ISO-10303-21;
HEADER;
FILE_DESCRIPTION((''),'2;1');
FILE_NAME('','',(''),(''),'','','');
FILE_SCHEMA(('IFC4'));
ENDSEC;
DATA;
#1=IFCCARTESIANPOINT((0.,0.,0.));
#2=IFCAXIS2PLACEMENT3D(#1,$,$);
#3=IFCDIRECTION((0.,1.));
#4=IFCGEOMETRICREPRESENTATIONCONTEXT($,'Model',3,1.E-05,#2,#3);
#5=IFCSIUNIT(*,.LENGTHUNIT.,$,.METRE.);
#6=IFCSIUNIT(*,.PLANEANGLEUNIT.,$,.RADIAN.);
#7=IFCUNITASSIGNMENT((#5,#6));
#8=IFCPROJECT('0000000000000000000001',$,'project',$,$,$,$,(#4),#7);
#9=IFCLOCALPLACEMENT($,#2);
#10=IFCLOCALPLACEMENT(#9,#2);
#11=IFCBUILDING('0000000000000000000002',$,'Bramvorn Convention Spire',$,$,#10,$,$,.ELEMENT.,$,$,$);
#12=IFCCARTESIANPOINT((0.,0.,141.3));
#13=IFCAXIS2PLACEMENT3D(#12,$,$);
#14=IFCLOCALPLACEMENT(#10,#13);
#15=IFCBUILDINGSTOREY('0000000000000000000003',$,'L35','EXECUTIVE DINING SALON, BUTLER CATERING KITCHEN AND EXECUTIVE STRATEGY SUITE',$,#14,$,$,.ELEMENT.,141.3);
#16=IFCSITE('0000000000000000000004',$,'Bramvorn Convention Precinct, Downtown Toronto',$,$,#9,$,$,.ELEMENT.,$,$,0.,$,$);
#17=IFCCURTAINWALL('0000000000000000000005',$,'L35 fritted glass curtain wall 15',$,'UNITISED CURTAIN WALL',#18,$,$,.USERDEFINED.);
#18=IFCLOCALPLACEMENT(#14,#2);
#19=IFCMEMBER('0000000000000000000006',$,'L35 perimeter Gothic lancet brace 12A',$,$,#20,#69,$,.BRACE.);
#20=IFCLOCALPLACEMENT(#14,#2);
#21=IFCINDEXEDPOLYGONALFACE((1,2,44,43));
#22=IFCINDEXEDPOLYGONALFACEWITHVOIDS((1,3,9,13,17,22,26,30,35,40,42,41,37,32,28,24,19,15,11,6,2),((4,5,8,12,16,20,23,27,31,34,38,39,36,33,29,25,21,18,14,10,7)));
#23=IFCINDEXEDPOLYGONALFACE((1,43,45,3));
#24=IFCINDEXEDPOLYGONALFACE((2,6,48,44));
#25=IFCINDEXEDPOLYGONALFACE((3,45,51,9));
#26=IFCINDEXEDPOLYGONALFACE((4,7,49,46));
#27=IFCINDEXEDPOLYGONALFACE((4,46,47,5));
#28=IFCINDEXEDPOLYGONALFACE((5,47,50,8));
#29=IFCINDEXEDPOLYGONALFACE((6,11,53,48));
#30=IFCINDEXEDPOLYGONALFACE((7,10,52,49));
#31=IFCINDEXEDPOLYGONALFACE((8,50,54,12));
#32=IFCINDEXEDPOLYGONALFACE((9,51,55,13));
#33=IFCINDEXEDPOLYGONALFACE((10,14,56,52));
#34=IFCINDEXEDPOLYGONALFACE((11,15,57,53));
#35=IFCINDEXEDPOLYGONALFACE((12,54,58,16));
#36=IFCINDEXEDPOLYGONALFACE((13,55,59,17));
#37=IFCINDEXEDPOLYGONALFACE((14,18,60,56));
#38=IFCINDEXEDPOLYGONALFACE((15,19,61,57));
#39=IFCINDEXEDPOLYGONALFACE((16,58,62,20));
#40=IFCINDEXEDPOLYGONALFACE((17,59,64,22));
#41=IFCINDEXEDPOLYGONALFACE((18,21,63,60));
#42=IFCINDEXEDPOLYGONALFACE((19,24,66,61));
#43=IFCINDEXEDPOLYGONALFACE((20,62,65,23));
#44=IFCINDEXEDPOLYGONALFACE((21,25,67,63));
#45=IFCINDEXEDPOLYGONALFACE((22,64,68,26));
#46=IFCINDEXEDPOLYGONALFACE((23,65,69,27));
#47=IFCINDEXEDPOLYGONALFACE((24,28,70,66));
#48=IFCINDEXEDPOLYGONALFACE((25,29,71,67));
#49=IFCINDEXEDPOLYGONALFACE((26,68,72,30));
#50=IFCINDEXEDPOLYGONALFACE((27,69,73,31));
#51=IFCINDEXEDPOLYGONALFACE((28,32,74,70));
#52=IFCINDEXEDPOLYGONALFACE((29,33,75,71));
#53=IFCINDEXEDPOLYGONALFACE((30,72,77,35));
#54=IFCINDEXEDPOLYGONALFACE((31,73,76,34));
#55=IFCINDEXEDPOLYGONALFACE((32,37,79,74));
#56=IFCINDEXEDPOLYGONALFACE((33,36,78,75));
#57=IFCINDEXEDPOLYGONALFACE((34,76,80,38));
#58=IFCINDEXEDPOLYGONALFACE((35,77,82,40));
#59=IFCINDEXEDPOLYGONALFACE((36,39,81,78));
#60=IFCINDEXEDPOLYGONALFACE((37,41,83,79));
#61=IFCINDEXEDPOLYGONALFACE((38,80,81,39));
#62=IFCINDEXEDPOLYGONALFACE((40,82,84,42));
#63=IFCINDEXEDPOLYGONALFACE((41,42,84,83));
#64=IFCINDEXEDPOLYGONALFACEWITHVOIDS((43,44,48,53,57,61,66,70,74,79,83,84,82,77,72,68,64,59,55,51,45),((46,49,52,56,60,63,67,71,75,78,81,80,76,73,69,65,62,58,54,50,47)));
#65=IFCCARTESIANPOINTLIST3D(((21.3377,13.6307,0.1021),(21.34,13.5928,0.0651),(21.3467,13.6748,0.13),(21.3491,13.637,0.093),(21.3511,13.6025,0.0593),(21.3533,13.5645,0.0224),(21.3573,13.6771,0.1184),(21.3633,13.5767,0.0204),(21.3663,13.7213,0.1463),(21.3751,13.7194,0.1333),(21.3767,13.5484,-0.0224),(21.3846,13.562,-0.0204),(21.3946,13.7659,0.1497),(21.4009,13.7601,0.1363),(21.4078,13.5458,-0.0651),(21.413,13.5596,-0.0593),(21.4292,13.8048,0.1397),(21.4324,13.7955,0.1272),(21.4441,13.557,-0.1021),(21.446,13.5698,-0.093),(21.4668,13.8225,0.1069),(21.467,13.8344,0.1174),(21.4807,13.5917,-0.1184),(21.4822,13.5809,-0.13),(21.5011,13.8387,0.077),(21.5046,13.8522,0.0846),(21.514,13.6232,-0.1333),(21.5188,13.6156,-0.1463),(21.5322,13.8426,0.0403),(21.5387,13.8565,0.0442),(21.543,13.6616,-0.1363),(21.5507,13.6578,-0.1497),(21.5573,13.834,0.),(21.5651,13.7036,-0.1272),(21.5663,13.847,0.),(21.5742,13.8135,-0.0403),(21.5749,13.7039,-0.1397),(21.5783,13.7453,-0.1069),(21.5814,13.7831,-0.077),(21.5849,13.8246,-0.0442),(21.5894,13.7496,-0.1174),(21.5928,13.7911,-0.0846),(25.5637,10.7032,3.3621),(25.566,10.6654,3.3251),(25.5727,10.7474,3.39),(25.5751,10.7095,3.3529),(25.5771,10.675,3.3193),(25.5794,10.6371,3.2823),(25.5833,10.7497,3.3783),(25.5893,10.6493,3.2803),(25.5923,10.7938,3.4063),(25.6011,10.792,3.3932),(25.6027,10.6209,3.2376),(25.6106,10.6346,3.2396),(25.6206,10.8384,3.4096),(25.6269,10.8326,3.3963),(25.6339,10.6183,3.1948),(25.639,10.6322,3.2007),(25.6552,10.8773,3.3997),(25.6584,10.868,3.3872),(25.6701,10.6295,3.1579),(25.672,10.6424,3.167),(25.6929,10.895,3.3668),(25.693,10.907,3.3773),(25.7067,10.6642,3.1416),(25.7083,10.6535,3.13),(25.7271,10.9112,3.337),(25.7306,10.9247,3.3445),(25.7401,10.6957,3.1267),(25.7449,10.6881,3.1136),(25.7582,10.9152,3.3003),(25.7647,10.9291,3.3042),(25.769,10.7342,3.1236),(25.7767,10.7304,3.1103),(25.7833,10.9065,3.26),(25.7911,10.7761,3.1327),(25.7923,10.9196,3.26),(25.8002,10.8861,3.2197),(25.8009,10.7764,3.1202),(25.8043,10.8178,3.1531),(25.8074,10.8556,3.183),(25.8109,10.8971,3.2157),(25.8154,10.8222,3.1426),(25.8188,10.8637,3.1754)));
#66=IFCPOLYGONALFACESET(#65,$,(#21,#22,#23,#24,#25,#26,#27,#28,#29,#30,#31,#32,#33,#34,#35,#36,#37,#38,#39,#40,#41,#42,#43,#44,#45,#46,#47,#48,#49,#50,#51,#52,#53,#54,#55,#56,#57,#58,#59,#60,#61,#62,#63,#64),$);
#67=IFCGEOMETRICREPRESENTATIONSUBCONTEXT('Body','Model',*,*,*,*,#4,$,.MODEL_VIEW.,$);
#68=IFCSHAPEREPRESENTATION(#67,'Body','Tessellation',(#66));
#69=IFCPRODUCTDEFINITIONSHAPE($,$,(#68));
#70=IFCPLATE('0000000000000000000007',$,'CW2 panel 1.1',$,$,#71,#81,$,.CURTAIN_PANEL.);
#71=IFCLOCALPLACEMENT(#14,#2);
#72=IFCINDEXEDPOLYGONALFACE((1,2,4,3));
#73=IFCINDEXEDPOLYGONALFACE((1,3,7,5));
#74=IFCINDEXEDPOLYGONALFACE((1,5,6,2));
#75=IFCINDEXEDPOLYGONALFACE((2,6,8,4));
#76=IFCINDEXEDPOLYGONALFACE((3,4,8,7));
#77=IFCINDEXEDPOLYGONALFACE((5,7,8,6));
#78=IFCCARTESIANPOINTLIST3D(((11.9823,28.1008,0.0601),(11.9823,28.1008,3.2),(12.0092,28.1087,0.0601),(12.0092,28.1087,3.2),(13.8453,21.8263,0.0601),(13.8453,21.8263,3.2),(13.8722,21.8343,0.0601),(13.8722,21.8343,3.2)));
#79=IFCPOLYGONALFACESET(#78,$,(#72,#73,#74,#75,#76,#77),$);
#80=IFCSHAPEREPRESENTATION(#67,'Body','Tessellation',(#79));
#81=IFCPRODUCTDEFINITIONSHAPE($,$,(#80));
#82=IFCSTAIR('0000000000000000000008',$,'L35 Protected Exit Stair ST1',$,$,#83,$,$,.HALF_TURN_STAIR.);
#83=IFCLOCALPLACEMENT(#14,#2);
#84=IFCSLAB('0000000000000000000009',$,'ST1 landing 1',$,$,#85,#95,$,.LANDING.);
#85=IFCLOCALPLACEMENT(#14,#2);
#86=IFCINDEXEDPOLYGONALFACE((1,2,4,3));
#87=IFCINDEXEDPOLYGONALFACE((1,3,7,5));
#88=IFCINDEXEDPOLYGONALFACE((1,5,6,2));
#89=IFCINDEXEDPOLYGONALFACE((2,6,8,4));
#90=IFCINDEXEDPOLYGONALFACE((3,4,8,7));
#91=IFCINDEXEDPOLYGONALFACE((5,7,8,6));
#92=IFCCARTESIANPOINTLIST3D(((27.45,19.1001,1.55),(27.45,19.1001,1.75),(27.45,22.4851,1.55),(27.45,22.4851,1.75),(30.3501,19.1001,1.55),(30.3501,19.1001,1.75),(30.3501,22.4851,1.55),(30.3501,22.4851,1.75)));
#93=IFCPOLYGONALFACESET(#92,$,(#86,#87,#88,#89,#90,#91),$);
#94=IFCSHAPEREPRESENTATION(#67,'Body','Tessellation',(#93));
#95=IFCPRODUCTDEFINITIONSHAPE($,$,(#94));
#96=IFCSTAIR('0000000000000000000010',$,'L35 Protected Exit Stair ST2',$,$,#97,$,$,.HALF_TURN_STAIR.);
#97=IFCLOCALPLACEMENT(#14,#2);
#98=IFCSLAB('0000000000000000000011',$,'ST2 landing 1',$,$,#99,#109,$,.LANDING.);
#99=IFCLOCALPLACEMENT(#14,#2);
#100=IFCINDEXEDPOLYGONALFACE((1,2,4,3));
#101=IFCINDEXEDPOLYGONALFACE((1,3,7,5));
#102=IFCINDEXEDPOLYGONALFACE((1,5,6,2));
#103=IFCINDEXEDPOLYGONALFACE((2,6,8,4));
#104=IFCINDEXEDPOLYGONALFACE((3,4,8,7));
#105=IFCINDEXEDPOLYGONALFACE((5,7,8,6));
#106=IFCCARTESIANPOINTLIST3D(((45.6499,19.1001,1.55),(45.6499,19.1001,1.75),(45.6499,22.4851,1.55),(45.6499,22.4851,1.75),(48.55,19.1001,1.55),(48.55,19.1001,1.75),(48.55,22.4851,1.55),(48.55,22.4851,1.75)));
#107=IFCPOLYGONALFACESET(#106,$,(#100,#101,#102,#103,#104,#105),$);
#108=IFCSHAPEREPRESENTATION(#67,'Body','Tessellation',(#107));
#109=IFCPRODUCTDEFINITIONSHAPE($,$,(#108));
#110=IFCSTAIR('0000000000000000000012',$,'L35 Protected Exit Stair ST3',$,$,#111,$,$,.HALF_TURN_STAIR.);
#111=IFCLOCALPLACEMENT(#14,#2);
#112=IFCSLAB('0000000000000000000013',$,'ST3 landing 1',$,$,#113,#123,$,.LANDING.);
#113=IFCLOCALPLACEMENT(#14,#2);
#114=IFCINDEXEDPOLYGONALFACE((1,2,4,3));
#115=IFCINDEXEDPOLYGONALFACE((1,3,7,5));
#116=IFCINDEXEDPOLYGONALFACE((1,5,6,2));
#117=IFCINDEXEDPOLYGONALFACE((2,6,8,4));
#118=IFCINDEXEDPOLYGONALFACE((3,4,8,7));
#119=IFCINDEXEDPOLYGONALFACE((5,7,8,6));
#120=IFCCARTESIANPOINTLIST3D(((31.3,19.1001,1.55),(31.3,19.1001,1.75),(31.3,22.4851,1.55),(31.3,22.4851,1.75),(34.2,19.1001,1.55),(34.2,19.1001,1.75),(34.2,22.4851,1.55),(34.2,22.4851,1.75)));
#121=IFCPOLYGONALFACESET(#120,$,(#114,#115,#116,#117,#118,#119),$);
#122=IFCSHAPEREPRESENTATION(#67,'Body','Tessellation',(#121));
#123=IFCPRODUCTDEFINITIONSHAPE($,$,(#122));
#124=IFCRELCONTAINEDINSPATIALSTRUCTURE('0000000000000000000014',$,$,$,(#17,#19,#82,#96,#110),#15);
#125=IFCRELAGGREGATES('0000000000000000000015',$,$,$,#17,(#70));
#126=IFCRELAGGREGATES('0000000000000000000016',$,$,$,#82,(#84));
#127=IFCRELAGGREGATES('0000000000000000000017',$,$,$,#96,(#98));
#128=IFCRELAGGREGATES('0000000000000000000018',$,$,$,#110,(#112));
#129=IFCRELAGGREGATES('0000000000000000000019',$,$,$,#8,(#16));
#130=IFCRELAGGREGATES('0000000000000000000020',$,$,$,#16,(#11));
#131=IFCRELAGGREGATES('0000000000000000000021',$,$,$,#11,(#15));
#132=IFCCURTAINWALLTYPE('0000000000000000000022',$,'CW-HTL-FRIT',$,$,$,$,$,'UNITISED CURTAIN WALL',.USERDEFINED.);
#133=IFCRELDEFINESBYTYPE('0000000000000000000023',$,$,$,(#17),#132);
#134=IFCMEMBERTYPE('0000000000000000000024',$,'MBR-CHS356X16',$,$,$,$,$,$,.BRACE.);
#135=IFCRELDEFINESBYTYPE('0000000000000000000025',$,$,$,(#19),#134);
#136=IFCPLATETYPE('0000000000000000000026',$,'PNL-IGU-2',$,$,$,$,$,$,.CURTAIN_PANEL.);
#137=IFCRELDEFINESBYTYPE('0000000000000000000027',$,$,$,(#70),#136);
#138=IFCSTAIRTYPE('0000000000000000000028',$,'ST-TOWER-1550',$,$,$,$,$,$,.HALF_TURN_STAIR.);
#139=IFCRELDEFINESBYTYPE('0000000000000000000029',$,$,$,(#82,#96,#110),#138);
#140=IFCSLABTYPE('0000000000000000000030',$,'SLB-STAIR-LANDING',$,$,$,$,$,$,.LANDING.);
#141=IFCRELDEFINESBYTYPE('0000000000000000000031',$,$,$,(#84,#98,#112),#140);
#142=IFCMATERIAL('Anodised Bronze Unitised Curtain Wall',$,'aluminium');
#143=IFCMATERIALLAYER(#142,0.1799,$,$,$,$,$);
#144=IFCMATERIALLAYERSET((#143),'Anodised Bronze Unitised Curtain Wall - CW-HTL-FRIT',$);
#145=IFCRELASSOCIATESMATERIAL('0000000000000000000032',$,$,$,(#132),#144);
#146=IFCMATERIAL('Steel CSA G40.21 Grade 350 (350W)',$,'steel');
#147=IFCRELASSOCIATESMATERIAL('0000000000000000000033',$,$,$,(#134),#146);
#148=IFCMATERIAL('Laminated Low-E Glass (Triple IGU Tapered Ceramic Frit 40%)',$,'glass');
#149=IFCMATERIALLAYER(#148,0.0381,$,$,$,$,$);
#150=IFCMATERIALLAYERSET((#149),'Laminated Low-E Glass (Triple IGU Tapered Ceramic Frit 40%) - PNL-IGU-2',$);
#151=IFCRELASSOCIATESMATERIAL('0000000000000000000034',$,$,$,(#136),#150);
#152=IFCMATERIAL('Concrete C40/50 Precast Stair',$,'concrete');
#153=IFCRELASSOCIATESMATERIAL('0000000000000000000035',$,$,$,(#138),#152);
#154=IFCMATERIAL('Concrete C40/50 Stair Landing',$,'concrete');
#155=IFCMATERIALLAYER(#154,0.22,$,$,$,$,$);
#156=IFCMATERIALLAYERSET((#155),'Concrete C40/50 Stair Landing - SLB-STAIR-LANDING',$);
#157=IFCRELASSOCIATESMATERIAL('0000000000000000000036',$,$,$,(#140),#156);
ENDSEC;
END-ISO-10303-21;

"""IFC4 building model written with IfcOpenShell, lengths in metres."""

from ifc_helpers import new_model, si_unit, direction, frame, origin, origin_2d, place, context, subcontext, project, spatial, polyline, rectangle, hollow_circle, outline, extrude, material, layer, layer_set, material_profile, profile_set, type_object, element, aggregate, save


model = new_model("IFC4")

# Units and contexts
model_context = context("Model", 3, precision=1e-05, world=origin(), true_north=direction((0.0, 1.0)))
body_context = subcontext(model_context, "Body", "Model", "MODEL_VIEW")
ifc_project = project(units=[si_unit("LENGTHUNIT", "METRE"), si_unit("PLANEANGLEUNIT", "RADIAN")], contexts=[model_context])

# Site, building, storey
site_placement = place(None, origin())
site = spatial("IfcSite", under=ifc_project, at=site_placement, Name="Bramvorn Convention Precinct, Downtown Toronto", CompositionType="ELEMENT", RefElevation=0.0)
building_placement = place(site_placement, origin())
building = spatial("IfcBuilding", under=site, at=building_placement, Name="Bramvorn Convention Spire", CompositionType="ELEMENT")
storey_placement = place(building_placement, frame((0.0, 0.0, 141.3)))
storey = spatial("IfcBuildingStorey", under=building, at=storey_placement, Name="L35", Description="EXECUTIVE DINING SALON, BUTLER CATERING KITCHEN AND EXECUTIVE STRATEGY SUITE", CompositionType="ELEMENT", Elevation=141.3)

# Shared definitions
ifc_material_1 = material(Name="Steel CSA G40.21 Grade 350 (350W)", Category="steel")

# Curtain wall
ifc_material_2 = material(Name="Anodised Bronze Unitised Curtain Wall", Category="aluminium")
ifc_layer_1 = layer(ifc_material_2, 0.1799)
ifc_layer_set_1 = layer_set([ifc_layer_1], Name="Anodised Bronze Unitised Curtain Wall - CW-HTL-FRIT")
curtain_wall_type = type_object("IfcCurtainWallType", Name="CW-HTL-FRIT", ElementType="UNITISED CURTAIN WALL", PredefinedType="USERDEFINED", material=ifc_layer_set_1)
curtain_wall_placement = place(storey_placement, origin())
curtain_wall = element("IfcCurtainWall", 1, at=curtain_wall_placement, inside=storey, type_object=curtain_wall_type, Name="L35 fritted glass curtain wall 15", ObjectType="UNITISED CURTAIN WALL", PredefinedType="USERDEFINED")

# Member
ifc_material_profile_1 = material_profile(ifc_material_1, hollow_circle(Radius=0.1777, WallThickness=0.0159, at=origin_2d()))
ifc_profile_set_1 = profile_set([ifc_material_profile_1], Name="Steel CSA G40.21 Grade 350 (350W) - CHS356X16")
member_type_1 = type_object("IfcMemberType", Name="MBR-CHS356X16", PredefinedType="BRACE", material=ifc_profile_set_1)
member_1_placement = place(storey_placement, frame((21.4651, 13.7009, 0.0), z_axis=(0.694222, -0.480902, 0.535526), x_axis=(0.56944, 0.822033, 0.0)))
element("IfcMember", 2, at=member_1_placement, inside=storey, type_object=member_type_1, Name="L35 perimeter Gothic lancet brace 12A", PredefinedType="BRACE", context=body_context, shape_type="SweptSolid", body=[
    extrude(hollow_circle(Radius=0.1777, WallThickness=0.0159, at=origin_2d()), origin(), (0.0, 0.0, 1.0), 6.0874),
])

# Plate
ifc_material_3 = material(Name="Laminated Low-E Glass (Triple IGU Tapered Ceramic Frit 40%)", Category="glass")
ifc_layer_2 = layer(ifc_material_3, 0.0381)
ifc_layer_set_2 = layer_set([ifc_layer_2], Name="Laminated Low-E Glass (Triple IGU Tapered Ceramic Frit 40%) - PNL-IGU-2")
plate_type = type_object("IfcPlateType", Name="PNL-IGU-2", PredefinedType="CURTAIN_PANEL", material=ifc_layer_set_2)
plate_placement = place(storey_placement, frame((12.9272, 24.9675, 0.0601), z_axis=(0.0, 0.0, 1.0), x_axis=(-0.284632, 0.958637, 0.0)))
plate = element("IfcPlate", 3, at=plate_placement, type_object=plate_type, Name="CW2 panel 1.1", PredefinedType="CURTAIN_PANEL", context=body_context, shape_type="SweptSolid", body=[
    extrude(rectangle(XDim=6.5452, YDim=0.0281, at=origin_2d()), origin(), (0.0, 0.0, 1.0), 3.1399),
])
aggregate(curtain_wall, [plate])

# Stairs, slabs
ifc_material_4 = material(Name="Concrete C40/50 Precast Stair", Category="concrete")
stair_type = type_object("IfcStairType", Name="ST-TOWER-1550", PredefinedType="HALF_TURN_STAIR", material=ifc_material_4)
stair_1_placement = place(storey_placement, origin())
stair_1 = element("IfcStair", 4, at=stair_1_placement, inside=storey, type_object=stair_type, Name="L35 Protected Exit Stair ST1", PredefinedType="HALF_TURN_STAIR")
ifc_material_5 = material(Name="Concrete C40/50 Stair Landing", Category="concrete")
ifc_layer_3 = layer(ifc_material_5, 0.22)
ifc_layer_set_3 = layer_set([ifc_layer_3], Name="Concrete C40/50 Stair Landing - SLB-STAIR-LANDING")
slab_type_1 = type_object("IfcSlabType", Name="SLB-STAIR-LANDING", PredefinedType="LANDING", material=ifc_layer_set_3)
slab_1_placement = place(storey_placement, frame((0.0, 0.0, 1.55)))
slab_1 = element("IfcSlab", 5, at=slab_1_placement, type_object=slab_type_1, Name="ST1 landing 1", PredefinedType="LANDING", context=body_context, shape_type="SweptSolid", body=[
    extrude(outline(polyline([(27.45, 22.4851), (27.45, 19.1001), (30.3501, 19.1001), (30.3501, 22.4851), (27.45, 22.4851)])), origin(), (0.0, 0.0, 1.0), 0.2),
])
aggregate(stair_1, [slab_1])
stair_2_placement = place(storey_placement, origin())
stair_2 = element("IfcStair", 6, at=stair_2_placement, inside=storey, type_object=stair_type, Name="L35 Protected Exit Stair ST2", PredefinedType="HALF_TURN_STAIR")
slab_2_placement = place(storey_placement, frame((0.0, 0.0, 1.55)))
slab_2 = element("IfcSlab", 7, at=slab_2_placement, type_object=slab_type_1, Name="ST2 landing 1", PredefinedType="LANDING", context=body_context, shape_type="SweptSolid", body=[
    extrude(outline(polyline([(45.6499, 22.4851), (45.6499, 19.1001), (48.55, 19.1001), (48.55, 22.4851), (45.6499, 22.4851)])), origin(), (0.0, 0.0, 1.0), 0.2),
])
aggregate(stair_2, [slab_2])
stair_3_placement = place(storey_placement, origin())
stair_3 = element("IfcStair", 8, at=stair_3_placement, inside=storey, type_object=stair_type, Name="L35 Protected Exit Stair ST3", PredefinedType="HALF_TURN_STAIR")
slab_3_placement = place(storey_placement, frame((0.0, 0.0, 1.55)))
slab_3 = element("IfcSlab", 9, at=slab_3_placement, type_object=slab_type_1, Name="ST3 landing 1", PredefinedType="LANDING", context=body_context, shape_type="SweptSolid", body=[
    extrude(outline(polyline([(31.3, 22.4851), (31.3, 19.1001), (34.2, 19.1001), (34.2, 22.4851), (31.3, 22.4851)])), origin(), (0.0, 0.0, 1.0), 0.2),
])
aggregate(stair_3, [slab_3])

save(model, "model.ifc")
